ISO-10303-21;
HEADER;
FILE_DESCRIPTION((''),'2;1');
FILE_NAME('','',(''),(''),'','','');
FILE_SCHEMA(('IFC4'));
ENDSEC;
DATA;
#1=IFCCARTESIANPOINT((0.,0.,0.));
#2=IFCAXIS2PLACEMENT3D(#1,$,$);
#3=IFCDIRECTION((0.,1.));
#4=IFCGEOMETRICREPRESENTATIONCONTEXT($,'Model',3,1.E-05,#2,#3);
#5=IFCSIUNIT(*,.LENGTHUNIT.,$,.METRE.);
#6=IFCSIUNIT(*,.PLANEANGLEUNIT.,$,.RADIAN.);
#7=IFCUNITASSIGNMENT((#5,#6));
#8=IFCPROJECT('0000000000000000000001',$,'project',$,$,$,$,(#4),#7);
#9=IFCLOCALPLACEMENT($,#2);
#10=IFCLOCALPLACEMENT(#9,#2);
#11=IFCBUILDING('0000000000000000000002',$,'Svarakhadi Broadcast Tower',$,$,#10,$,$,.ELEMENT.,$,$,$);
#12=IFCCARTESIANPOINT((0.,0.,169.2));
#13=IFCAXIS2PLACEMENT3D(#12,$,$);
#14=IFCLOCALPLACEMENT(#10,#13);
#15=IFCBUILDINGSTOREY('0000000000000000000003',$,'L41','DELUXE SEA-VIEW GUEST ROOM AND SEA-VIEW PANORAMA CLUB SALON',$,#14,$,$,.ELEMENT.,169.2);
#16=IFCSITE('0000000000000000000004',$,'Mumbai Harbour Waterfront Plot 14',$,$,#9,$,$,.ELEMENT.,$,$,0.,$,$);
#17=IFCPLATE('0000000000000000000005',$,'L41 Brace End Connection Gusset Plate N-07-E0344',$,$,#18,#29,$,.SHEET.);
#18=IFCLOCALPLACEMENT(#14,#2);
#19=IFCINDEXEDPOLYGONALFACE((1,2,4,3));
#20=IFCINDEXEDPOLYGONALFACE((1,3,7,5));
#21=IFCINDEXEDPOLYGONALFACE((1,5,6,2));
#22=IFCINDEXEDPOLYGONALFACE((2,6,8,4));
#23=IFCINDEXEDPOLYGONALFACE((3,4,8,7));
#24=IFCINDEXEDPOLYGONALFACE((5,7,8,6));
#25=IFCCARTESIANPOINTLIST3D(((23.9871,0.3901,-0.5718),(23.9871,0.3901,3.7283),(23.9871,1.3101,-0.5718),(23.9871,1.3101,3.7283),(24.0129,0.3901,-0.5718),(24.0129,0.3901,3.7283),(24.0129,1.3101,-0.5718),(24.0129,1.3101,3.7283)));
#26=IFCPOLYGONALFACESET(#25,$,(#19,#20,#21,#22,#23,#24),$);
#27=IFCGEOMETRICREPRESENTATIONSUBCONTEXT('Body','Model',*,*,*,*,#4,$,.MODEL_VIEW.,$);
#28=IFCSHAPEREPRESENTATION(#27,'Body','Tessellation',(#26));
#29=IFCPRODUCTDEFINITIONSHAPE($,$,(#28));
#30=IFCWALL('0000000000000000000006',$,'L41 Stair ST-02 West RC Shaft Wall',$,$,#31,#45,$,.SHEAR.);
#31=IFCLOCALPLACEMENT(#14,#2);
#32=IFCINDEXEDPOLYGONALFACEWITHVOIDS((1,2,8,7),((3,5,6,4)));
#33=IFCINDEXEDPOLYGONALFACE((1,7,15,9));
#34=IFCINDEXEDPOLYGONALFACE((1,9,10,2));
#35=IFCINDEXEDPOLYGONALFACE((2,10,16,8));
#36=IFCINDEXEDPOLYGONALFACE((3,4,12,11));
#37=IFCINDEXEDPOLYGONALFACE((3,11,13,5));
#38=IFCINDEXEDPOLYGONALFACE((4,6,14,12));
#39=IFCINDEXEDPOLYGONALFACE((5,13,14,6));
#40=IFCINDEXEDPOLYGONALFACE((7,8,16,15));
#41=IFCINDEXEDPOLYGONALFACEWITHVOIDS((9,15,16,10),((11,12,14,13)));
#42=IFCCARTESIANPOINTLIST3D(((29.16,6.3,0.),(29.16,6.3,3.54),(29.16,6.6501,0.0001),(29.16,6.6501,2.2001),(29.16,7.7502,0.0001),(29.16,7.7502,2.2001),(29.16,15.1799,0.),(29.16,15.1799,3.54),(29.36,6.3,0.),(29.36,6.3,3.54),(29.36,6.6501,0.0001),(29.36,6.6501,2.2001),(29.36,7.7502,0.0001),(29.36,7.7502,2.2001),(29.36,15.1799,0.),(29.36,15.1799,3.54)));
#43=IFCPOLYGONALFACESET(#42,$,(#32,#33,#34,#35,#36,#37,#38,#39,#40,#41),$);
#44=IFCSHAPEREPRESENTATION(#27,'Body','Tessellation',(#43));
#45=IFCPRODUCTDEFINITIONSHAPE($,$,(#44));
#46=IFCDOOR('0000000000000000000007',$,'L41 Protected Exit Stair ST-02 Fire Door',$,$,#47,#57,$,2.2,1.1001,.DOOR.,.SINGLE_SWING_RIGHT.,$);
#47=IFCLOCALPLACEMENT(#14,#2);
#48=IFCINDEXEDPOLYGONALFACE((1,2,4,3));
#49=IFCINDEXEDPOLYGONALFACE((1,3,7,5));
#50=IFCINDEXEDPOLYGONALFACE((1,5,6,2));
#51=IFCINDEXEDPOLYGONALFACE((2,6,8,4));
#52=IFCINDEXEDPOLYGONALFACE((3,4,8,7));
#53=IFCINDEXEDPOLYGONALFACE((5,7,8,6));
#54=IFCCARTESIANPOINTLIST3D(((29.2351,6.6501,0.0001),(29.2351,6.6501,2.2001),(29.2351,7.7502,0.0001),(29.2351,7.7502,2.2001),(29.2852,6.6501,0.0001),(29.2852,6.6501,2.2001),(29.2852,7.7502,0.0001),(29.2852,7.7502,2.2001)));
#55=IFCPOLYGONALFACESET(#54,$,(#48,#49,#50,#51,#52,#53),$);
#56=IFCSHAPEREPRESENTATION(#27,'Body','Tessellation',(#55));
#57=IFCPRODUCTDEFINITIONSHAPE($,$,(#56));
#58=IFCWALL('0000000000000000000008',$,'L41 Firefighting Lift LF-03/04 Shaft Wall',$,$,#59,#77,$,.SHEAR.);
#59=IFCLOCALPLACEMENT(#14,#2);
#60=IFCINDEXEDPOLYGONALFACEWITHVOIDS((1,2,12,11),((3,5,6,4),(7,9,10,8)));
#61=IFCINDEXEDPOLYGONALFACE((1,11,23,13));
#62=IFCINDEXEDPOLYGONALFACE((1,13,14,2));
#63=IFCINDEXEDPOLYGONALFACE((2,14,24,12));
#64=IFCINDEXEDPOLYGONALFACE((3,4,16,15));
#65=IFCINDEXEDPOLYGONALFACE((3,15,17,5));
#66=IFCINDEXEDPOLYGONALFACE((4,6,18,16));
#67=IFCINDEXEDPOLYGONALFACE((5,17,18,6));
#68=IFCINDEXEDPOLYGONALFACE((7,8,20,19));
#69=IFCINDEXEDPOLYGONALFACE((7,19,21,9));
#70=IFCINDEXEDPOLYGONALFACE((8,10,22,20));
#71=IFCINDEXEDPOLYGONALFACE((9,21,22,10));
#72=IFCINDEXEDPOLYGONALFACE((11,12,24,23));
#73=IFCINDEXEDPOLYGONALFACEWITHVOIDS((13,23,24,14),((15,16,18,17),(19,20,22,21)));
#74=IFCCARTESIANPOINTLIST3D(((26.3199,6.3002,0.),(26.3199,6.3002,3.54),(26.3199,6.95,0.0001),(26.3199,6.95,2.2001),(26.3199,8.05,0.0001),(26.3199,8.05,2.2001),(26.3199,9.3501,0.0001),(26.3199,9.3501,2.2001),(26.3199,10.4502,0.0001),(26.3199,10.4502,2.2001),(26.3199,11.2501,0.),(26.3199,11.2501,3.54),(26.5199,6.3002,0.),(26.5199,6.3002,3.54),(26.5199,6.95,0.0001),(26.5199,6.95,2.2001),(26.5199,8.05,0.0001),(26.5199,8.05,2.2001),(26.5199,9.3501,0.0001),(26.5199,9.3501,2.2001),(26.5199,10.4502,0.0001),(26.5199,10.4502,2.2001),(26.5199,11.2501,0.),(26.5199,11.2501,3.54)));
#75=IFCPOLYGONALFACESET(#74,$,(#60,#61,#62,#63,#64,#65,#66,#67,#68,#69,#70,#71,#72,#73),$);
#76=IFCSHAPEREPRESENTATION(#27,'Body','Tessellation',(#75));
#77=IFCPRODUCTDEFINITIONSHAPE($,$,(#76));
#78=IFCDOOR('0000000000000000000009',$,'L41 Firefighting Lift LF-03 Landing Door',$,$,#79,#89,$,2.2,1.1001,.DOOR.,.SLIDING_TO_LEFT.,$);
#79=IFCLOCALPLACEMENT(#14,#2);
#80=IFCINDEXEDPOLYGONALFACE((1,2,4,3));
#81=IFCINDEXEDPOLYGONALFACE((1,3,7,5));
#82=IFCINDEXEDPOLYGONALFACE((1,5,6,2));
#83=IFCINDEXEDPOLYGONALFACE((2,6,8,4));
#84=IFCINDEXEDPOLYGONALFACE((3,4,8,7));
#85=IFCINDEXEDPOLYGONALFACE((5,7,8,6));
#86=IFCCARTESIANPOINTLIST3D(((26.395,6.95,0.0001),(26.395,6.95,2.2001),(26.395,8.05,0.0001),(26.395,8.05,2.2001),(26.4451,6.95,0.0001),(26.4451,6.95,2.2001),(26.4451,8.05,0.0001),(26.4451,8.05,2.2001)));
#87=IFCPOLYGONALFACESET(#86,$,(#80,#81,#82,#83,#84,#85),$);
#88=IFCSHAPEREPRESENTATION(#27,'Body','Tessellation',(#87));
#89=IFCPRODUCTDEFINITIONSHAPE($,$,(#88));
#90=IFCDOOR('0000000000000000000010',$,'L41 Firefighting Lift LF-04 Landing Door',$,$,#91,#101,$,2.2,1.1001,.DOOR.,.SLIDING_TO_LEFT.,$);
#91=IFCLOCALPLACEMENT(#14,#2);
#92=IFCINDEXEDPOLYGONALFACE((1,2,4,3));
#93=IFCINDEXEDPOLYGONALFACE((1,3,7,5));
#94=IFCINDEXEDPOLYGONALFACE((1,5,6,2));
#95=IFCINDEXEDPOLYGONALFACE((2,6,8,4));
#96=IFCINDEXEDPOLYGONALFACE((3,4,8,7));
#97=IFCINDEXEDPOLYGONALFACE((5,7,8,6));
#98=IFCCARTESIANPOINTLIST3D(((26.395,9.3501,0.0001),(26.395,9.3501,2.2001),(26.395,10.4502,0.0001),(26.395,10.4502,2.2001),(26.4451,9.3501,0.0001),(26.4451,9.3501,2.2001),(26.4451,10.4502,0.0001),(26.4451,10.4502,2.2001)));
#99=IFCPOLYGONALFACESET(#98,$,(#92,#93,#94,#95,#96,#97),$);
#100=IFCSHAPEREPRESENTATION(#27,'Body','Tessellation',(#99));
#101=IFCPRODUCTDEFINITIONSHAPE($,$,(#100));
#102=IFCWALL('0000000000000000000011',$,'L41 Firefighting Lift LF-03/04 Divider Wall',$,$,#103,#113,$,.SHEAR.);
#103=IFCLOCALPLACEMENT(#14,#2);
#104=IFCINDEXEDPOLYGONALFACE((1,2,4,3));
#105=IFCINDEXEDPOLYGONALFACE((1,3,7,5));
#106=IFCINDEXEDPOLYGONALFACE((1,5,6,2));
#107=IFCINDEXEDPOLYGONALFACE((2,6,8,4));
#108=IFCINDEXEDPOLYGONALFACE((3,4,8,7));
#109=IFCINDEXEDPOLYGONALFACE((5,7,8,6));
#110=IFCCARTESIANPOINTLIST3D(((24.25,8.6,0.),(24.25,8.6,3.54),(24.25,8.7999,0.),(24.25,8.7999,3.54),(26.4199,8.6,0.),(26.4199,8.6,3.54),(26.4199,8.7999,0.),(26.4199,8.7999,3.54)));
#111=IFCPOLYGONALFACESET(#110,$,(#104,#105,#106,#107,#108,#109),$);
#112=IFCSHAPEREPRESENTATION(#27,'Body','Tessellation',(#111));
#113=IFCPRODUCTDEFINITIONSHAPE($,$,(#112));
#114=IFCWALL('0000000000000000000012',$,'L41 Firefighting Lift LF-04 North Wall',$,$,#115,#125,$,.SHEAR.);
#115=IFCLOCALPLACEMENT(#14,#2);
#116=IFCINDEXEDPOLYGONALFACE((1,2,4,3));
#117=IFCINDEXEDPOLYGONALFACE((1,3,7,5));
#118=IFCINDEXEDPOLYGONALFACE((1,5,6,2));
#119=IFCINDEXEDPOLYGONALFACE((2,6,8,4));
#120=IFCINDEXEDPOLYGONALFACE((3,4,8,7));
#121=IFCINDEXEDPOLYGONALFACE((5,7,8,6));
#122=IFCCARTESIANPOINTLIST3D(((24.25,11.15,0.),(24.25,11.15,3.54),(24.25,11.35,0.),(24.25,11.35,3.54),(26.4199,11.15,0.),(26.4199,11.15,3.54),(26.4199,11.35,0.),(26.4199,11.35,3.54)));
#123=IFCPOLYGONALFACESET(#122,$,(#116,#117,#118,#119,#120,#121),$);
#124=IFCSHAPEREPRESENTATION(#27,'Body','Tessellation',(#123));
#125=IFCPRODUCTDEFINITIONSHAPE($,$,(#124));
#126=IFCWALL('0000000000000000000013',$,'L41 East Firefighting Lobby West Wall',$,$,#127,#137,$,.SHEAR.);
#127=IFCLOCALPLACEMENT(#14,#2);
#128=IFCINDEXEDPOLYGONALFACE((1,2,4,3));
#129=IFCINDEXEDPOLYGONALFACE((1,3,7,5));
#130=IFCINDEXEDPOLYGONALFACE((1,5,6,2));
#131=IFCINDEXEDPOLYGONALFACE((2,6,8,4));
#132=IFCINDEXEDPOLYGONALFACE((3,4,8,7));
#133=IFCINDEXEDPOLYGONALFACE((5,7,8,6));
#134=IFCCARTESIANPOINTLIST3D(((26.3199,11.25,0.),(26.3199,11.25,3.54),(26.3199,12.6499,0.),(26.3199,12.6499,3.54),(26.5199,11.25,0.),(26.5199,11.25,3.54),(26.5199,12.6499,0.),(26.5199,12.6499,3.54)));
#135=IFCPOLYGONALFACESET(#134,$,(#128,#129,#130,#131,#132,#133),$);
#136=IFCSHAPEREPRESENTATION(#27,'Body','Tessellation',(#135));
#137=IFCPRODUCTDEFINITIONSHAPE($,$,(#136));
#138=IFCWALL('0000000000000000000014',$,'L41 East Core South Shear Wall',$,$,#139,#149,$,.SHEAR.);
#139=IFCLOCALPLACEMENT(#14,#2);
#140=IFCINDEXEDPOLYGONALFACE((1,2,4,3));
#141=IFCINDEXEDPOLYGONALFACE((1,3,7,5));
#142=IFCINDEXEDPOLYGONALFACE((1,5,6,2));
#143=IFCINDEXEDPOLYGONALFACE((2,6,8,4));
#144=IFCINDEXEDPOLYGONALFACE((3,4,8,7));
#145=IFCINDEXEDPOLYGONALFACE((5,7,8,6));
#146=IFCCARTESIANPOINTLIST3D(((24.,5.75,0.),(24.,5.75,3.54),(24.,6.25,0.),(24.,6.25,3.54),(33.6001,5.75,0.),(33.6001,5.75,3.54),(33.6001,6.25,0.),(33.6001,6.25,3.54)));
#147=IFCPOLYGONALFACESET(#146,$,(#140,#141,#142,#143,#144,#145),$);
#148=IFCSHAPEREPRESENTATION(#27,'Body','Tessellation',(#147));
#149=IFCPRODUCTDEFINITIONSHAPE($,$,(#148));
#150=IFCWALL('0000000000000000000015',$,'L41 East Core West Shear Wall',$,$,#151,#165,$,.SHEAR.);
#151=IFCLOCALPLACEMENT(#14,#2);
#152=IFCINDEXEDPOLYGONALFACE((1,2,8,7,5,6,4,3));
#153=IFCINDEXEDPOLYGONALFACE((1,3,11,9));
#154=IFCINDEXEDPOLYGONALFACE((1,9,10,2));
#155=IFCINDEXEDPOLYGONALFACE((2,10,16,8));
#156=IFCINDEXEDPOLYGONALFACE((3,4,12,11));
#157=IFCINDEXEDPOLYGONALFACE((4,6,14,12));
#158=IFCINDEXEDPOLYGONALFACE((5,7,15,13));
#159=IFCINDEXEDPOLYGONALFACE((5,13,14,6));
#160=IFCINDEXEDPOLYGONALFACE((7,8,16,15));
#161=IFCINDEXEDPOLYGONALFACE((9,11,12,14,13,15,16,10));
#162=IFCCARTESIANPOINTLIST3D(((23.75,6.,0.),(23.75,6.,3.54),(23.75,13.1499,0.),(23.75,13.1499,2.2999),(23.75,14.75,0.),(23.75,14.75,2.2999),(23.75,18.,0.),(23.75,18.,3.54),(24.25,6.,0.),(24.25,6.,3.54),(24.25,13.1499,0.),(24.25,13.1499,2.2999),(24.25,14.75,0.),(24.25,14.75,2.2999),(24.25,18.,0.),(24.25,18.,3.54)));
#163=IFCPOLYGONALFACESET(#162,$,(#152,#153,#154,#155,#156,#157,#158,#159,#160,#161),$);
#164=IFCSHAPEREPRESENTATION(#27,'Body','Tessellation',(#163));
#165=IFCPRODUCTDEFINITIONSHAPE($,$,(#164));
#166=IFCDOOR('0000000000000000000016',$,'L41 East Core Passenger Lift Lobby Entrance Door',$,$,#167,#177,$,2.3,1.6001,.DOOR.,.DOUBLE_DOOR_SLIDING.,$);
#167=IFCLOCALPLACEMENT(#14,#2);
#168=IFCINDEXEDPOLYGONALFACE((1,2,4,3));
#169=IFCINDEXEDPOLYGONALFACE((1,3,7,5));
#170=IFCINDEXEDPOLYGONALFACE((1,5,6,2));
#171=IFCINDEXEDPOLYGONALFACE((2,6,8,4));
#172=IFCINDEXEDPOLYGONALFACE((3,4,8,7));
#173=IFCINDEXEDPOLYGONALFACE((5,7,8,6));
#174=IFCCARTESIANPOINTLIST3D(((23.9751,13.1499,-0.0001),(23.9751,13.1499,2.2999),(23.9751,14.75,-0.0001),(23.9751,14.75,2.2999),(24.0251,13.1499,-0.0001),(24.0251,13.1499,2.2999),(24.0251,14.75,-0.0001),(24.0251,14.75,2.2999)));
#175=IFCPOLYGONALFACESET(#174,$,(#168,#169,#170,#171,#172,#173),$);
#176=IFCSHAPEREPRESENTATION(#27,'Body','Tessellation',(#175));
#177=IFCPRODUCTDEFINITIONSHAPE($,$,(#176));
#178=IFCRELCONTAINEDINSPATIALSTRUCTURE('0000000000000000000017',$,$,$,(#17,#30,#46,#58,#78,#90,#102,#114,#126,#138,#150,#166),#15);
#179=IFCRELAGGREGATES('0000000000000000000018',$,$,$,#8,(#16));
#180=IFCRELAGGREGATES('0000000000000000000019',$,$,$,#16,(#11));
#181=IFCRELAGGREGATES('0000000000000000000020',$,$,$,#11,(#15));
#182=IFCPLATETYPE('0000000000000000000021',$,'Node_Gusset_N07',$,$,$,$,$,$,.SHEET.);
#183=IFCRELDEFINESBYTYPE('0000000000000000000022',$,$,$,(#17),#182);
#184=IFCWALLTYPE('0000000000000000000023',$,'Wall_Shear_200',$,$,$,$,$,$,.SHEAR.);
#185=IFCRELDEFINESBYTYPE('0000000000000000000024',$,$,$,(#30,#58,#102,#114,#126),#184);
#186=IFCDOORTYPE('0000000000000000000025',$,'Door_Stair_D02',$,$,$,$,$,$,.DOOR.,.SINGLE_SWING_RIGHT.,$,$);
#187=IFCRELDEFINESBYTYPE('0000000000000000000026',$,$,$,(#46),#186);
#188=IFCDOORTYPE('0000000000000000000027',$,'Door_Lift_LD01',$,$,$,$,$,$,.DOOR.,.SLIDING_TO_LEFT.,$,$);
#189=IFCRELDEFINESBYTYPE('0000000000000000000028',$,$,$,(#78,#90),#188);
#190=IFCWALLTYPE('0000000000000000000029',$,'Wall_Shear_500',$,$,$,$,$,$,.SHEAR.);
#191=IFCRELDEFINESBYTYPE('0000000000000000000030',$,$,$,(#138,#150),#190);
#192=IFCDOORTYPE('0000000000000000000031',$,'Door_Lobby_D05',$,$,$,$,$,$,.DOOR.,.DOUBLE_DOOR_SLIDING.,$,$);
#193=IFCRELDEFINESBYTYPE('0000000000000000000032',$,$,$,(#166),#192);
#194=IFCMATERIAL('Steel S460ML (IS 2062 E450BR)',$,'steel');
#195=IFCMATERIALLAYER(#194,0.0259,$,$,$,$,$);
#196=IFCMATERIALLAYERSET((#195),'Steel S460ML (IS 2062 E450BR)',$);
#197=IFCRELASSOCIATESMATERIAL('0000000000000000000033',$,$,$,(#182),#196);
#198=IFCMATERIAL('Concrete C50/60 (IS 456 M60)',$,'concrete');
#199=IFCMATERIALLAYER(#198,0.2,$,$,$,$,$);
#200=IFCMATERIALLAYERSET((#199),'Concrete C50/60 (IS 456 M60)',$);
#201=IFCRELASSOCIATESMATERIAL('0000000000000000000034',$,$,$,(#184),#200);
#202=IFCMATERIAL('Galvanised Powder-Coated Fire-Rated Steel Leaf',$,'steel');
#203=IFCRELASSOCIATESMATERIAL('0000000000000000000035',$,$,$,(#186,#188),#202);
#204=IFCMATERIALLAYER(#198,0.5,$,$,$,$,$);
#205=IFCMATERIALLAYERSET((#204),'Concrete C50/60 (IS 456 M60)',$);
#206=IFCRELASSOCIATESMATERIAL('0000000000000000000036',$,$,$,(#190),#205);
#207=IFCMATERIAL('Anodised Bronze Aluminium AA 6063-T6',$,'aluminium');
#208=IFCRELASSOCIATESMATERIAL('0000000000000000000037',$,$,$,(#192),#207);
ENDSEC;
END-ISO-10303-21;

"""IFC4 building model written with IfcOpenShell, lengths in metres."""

from ifc_helpers import new_model, si_unit, direction, frame, frame_2d, origin, origin_2d, place, context, subcontext, project, spatial, rectangle, extrude, material, layer, layer_set, type_object, element, fill, save


model = new_model("IFC4")

# Units and contexts
model_context = context("Model", 3, precision=1e-05, world=origin(), true_north=direction((0.0, 1.0)))
body_context = subcontext(model_context, "Body", "Model", "MODEL_VIEW")
ifc_project = project(units=[si_unit("LENGTHUNIT", "METRE"), si_unit("PLANEANGLEUNIT", "RADIAN")], contexts=[model_context])

# Site, building, storey
site_placement = place(None, origin())
site = spatial("IfcSite", under=ifc_project, at=site_placement, Name="Mumbai Harbour Waterfront Plot 14", CompositionType="ELEMENT", RefElevation=0.0)
building_placement = place(site_placement, origin())
building = spatial("IfcBuilding", under=site, at=building_placement, Name="Svarakhadi Broadcast Tower", CompositionType="ELEMENT")
storey_placement = place(building_placement, frame((0.0, 0.0, 169.2)))
storey = spatial("IfcBuildingStorey", under=building, at=storey_placement, Name="L41", Description="DELUXE SEA-VIEW GUEST ROOM AND SEA-VIEW PANORAMA CLUB SALON", CompositionType="ELEMENT", Elevation=169.2)

# Shared definitions
ifc_material_1 = material(Name="Concrete C50/60 (IS 456 M60)", Category="concrete")

# Shared definitions
ifc_material_2 = material(Name="Steel S460ML (IS 2062 E450BR)", Category="steel")

# Plate
ifc_layer_1 = layer(ifc_material_2, 0.0259)
ifc_layer_set_1 = layer_set([ifc_layer_1], Name="Steel S460ML (IS 2062 E450BR)")
plate_type = type_object("IfcPlateType", Name="Node_Gusset_N07", PredefinedType="SHEET", material=ifc_layer_set_1)
plate_placement = place(storey_placement, frame((24.0, 0.8501, -0.5718), z_axis=(0.0, 0.0, 1.0), x_axis=(0.0, 1.0, 0.0)))
element("IfcPlate", 1, at=plate_placement, inside=storey, type_object=plate_type, Name="L41 Brace End Connection Gusset Plate N-07-E0344", PredefinedType="SHEET", context=body_context, shape_type="SweptSolid", body=[
    extrude(rectangle(XDim=0.9199, YDim=0.0259, at=origin_2d()), origin(), (0.0, 0.0, 1.0), 4.3),
])

# Wall, opening, door
ifc_layer_2 = layer(ifc_material_1, 0.2)
ifc_layer_set_2 = layer_set([ifc_layer_2], Name="Concrete C50/60 (IS 456 M60)")
wall_type_1 = type_object("IfcWallType", Name="Wall_Shear_200", PredefinedType="SHEAR", material=ifc_layer_set_2)
wall_1_placement = place(storey_placement, frame((29.26, 6.3, 0.0), z_axis=(0.0, 0.0, 1.0), x_axis=(0.0, 1.0, 0.0)))
wall_1 = element("IfcWall", 2, at=wall_1_placement, inside=storey, type_object=wall_type_1, Name="L41 Stair ST-02 West RC Shaft Wall", PredefinedType="SHEAR", context=body_context, shape_type="SweptSolid", body=[
    extrude(rectangle(XDim=8.8799, YDim=0.2, at=frame_2d((4.4399, 0.0))), origin(), (0.0, 0.0, 1.0), 3.54),
])
opening_1_placement = place(wall_1_placement, frame((0.3501, 0.0, 0.0)))
opening_1 = element("IfcOpeningElement", 3, at=opening_1_placement, cuts=wall_1, PredefinedType="OPENING", context=body_context, shape_type="SweptSolid", body=[
    extrude(rectangle(XDim=1.1001, YDim=2.2, at=frame_2d((0.55, 1.1001))), frame((0.0, 0.1099, 0.0), z_axis=(0.0, -1.0, 0.0), x_axis=(1.0, 0.0, 0.0)), (0.0, 0.0, 1.0), 0.22),
])
ifc_material_3 = material(Name="Galvanised Powder-Coated Fire-Rated Steel Leaf", Category="steel")
door_type_1 = type_object("IfcDoorType", Name="Door_Stair_D02", OperationType="SINGLE_SWING_RIGHT", PredefinedType="DOOR", material=ifc_material_3)
door_1_placement = place(opening_1_placement, origin())
door_1 = element("IfcDoor", 4, at=door_1_placement, inside=storey, type_object=door_type_1, Name="L41 Protected Exit Stair ST-02 Fire Door", OperationType="SINGLE_SWING_RIGHT", OverallHeight=2.2, OverallWidth=1.1001, PredefinedType="DOOR", context=body_context, shape_type="SweptSolid", body=[
    extrude(rectangle(XDim=1.1001, YDim=2.2, at=frame_2d((0.55, 1.1001))), frame((0.0, 0.0249, 0.0), z_axis=(0.0, -1.0, 0.0), x_axis=(1.0, 0.0, 0.0)), (0.0, 0.0, 1.0), 0.05),
])
fill(opening_1, door_1)

# Wall, openings, doors
wall_2_placement = place(storey_placement, frame((26.4199, 6.3, 0.0), z_axis=(0.0, 0.0, 1.0), x_axis=(0.0, 1.0, 0.0)))
wall_2 = element("IfcWall", 5, at=wall_2_placement, inside=storey, type_object=wall_type_1, Name="L41 Firefighting Lift LF-03/04 Shaft Wall", PredefinedType="SHEAR", context=body_context, shape_type="SweptSolid", body=[
    extrude(rectangle(XDim=4.95, YDim=0.2, at=frame_2d((2.4751, 0.0))), origin(), (0.0, 0.0, 1.0), 3.54),
])
opening_2_placement = place(wall_2_placement, frame((0.6499, 0.0, 0.0)))
opening_2 = element("IfcOpeningElement", 6, at=opening_2_placement, cuts=wall_2, PredefinedType="OPENING", context=body_context, shape_type="SweptSolid", body=[
    extrude(rectangle(XDim=1.1001, YDim=2.2, at=frame_2d((0.55, 1.1001))), frame((0.0, 0.1099, 0.0), z_axis=(0.0, -1.0, 0.0), x_axis=(1.0, 0.0, 0.0)), (0.0, 0.0, 1.0), 0.22),
])
opening_3_placement = place(wall_2_placement, frame((3.05, 0.0, 0.0)))
opening_3 = element("IfcOpeningElement", 7, at=opening_3_placement, cuts=wall_2, PredefinedType="OPENING", context=body_context, shape_type="SweptSolid", body=[
    extrude(rectangle(XDim=1.1001, YDim=2.2, at=frame_2d((0.55, 1.1001))), frame((0.0, 0.1099, 0.0), z_axis=(0.0, -1.0, 0.0), x_axis=(1.0, 0.0, 0.0)), (0.0, 0.0, 1.0), 0.22),
])
door_type_2 = type_object("IfcDoorType", Name="Door_Lift_LD01", OperationType="SLIDING_TO_LEFT", PredefinedType="DOOR", material=ifc_material_3)
door_2_placement = place(opening_2_placement, origin())
door_2 = element("IfcDoor", 8, at=door_2_placement, inside=storey, type_object=door_type_2, Name="L41 Firefighting Lift LF-03 Landing Door", OperationType="SLIDING_TO_LEFT", OverallHeight=2.2, OverallWidth=1.1001, PredefinedType="DOOR", context=body_context, shape_type="SweptSolid", body=[
    extrude(rectangle(XDim=1.1001, YDim=2.2, at=frame_2d((0.55, 1.1001))), frame((0.0, 0.0249, 0.0), z_axis=(0.0, -1.0, 0.0), x_axis=(1.0, 0.0, 0.0)), (0.0, 0.0, 1.0), 0.05),
])
fill(opening_2, door_2)
door_3_placement = place(opening_3_placement, origin())
door_3 = element("IfcDoor", 9, at=door_3_placement, inside=storey, type_object=door_type_2, Name="L41 Firefighting Lift LF-04 Landing Door", OperationType="SLIDING_TO_LEFT", OverallHeight=2.2, OverallWidth=1.1001, PredefinedType="DOOR", context=body_context, shape_type="SweptSolid", body=[
    extrude(rectangle(XDim=1.1001, YDim=2.2, at=frame_2d((0.55, 1.1001))), frame((0.0, 0.0249, 0.0), z_axis=(0.0, -1.0, 0.0), x_axis=(1.0, 0.0, 0.0)), (0.0, 0.0, 1.0), 0.05),
])
fill(opening_3, door_3)

# Walls
for number, where, z_axis, x_axis, name in (
    (10, (24.25, 8.7, 0.0), (0.0, 0.0, 1.0), (1.0, 0.0, 0.0), "L41 Firefighting Lift LF-03/04 Divider Wall"),
    (11, (24.25, 11.25, 0.0), (0.0, 0.0, 1.0), (1.0, 0.0, 0.0), "L41 Firefighting Lift LF-04 North Wall"),
):
    element("IfcWall", number, at=place(storey_placement, frame(where, z_axis=z_axis, x_axis=x_axis)), inside=storey, type_object=wall_type_1, Name=name, PredefinedType="SHEAR", context=body_context, shape_type="SweptSolid", body=[
        extrude(rectangle(XDim=2.1699, YDim=0.2, at=frame_2d((1.085, 0.0))), origin(), (0.0, 0.0, 1.0), 3.54),
    ])
wall_3_placement = place(storey_placement, frame((26.4199, 11.25, 0.0), z_axis=(0.0, 0.0, 1.0), x_axis=(0.0, 1.0, 0.0)))
element("IfcWall", 12, at=wall_3_placement, inside=storey, type_object=wall_type_1, Name="L41 East Firefighting Lobby West Wall", PredefinedType="SHEAR", context=body_context, shape_type="SweptSolid", body=[
    extrude(rectangle(XDim=1.3999, YDim=0.2, at=frame_2d((0.7, 0.0))), origin(), (0.0, 0.0, 1.0), 3.54),
])
ifc_layer_3 = layer(ifc_material_1, 0.5)
ifc_layer_set_3 = layer_set([ifc_layer_3], Name="Concrete C50/60 (IS 456 M60)")
wall_type_2 = type_object("IfcWallType", Name="Wall_Shear_500", PredefinedType="SHEAR", material=ifc_layer_set_3)
wall_4_placement = place(storey_placement, frame((24.0, 6.0, 0.0), z_axis=(0.0, 0.0, 1.0), x_axis=(1.0, 0.0, 0.0)))
element("IfcWall", 13, at=wall_4_placement, inside=storey, type_object=wall_type_2, Name="L41 East Core South Shear Wall", PredefinedType="SHEAR", context=body_context, shape_type="SweptSolid", body=[
    extrude(rectangle(XDim=9.6001, YDim=0.5, at=frame_2d((4.8, 0.0))), origin(), (0.0, 0.0, 1.0), 3.54),
])

# Wall, opening, door
wall_5_placement = place(storey_placement, frame((24.0, 6.0, 0.0), z_axis=(0.0, 0.0, 1.0), x_axis=(0.0, 1.0, 0.0)))
wall_5 = element("IfcWall", 14, at=wall_5_placement, inside=storey, type_object=wall_type_2, Name="L41 East Core West Shear Wall", PredefinedType="SHEAR", context=body_context, shape_type="SweptSolid", body=[
    extrude(rectangle(XDim=12.0, YDim=0.5, at=frame_2d((6.0, 0.0))), origin(), (0.0, 0.0, 1.0), 3.54),
])
opening_4_placement = place(wall_5_placement, frame((7.1499, 0.0, 0.0)))
opening_4 = element("IfcOpeningElement", 15, at=opening_4_placement, cuts=wall_5, PredefinedType="OPENING", context=body_context, shape_type="SweptSolid", body=[
    extrude(rectangle(XDim=1.6001, YDim=2.3, at=frame_2d((0.8, 1.1499))), frame((0.0, 0.26, 0.0), z_axis=(0.0, -1.0, 0.0), x_axis=(1.0, 0.0, 0.0)), (0.0, 0.0, 1.0), 0.52),
])
ifc_material_4 = material(Name="Anodised Bronze Aluminium AA 6063-T6", Category="aluminium")
door_type_3 = type_object("IfcDoorType", Name="Door_Lobby_D05", OperationType="DOUBLE_DOOR_SLIDING", PredefinedType="DOOR", material=ifc_material_4)
door_4_placement = place(opening_4_placement, origin())
door_4 = element("IfcDoor", 16, at=door_4_placement, inside=storey, type_object=door_type_3, Name="L41 East Core Passenger Lift Lobby Entrance Door", OperationType="DOUBLE_DOOR_SLIDING", OverallHeight=2.3, OverallWidth=1.6001, PredefinedType="DOOR", context=body_context, shape_type="SweptSolid", body=[
    extrude(rectangle(XDim=1.6001, YDim=2.3, at=frame_2d((0.8, 1.1499))), frame((0.0, 0.0249, 0.0), z_axis=(0.0, -1.0, 0.0), x_axis=(1.0, 0.0, 0.0)), (0.0, 0.0, 1.0), 0.05),
])
fill(opening_4, door_4)

save(model, "model.ifc")
